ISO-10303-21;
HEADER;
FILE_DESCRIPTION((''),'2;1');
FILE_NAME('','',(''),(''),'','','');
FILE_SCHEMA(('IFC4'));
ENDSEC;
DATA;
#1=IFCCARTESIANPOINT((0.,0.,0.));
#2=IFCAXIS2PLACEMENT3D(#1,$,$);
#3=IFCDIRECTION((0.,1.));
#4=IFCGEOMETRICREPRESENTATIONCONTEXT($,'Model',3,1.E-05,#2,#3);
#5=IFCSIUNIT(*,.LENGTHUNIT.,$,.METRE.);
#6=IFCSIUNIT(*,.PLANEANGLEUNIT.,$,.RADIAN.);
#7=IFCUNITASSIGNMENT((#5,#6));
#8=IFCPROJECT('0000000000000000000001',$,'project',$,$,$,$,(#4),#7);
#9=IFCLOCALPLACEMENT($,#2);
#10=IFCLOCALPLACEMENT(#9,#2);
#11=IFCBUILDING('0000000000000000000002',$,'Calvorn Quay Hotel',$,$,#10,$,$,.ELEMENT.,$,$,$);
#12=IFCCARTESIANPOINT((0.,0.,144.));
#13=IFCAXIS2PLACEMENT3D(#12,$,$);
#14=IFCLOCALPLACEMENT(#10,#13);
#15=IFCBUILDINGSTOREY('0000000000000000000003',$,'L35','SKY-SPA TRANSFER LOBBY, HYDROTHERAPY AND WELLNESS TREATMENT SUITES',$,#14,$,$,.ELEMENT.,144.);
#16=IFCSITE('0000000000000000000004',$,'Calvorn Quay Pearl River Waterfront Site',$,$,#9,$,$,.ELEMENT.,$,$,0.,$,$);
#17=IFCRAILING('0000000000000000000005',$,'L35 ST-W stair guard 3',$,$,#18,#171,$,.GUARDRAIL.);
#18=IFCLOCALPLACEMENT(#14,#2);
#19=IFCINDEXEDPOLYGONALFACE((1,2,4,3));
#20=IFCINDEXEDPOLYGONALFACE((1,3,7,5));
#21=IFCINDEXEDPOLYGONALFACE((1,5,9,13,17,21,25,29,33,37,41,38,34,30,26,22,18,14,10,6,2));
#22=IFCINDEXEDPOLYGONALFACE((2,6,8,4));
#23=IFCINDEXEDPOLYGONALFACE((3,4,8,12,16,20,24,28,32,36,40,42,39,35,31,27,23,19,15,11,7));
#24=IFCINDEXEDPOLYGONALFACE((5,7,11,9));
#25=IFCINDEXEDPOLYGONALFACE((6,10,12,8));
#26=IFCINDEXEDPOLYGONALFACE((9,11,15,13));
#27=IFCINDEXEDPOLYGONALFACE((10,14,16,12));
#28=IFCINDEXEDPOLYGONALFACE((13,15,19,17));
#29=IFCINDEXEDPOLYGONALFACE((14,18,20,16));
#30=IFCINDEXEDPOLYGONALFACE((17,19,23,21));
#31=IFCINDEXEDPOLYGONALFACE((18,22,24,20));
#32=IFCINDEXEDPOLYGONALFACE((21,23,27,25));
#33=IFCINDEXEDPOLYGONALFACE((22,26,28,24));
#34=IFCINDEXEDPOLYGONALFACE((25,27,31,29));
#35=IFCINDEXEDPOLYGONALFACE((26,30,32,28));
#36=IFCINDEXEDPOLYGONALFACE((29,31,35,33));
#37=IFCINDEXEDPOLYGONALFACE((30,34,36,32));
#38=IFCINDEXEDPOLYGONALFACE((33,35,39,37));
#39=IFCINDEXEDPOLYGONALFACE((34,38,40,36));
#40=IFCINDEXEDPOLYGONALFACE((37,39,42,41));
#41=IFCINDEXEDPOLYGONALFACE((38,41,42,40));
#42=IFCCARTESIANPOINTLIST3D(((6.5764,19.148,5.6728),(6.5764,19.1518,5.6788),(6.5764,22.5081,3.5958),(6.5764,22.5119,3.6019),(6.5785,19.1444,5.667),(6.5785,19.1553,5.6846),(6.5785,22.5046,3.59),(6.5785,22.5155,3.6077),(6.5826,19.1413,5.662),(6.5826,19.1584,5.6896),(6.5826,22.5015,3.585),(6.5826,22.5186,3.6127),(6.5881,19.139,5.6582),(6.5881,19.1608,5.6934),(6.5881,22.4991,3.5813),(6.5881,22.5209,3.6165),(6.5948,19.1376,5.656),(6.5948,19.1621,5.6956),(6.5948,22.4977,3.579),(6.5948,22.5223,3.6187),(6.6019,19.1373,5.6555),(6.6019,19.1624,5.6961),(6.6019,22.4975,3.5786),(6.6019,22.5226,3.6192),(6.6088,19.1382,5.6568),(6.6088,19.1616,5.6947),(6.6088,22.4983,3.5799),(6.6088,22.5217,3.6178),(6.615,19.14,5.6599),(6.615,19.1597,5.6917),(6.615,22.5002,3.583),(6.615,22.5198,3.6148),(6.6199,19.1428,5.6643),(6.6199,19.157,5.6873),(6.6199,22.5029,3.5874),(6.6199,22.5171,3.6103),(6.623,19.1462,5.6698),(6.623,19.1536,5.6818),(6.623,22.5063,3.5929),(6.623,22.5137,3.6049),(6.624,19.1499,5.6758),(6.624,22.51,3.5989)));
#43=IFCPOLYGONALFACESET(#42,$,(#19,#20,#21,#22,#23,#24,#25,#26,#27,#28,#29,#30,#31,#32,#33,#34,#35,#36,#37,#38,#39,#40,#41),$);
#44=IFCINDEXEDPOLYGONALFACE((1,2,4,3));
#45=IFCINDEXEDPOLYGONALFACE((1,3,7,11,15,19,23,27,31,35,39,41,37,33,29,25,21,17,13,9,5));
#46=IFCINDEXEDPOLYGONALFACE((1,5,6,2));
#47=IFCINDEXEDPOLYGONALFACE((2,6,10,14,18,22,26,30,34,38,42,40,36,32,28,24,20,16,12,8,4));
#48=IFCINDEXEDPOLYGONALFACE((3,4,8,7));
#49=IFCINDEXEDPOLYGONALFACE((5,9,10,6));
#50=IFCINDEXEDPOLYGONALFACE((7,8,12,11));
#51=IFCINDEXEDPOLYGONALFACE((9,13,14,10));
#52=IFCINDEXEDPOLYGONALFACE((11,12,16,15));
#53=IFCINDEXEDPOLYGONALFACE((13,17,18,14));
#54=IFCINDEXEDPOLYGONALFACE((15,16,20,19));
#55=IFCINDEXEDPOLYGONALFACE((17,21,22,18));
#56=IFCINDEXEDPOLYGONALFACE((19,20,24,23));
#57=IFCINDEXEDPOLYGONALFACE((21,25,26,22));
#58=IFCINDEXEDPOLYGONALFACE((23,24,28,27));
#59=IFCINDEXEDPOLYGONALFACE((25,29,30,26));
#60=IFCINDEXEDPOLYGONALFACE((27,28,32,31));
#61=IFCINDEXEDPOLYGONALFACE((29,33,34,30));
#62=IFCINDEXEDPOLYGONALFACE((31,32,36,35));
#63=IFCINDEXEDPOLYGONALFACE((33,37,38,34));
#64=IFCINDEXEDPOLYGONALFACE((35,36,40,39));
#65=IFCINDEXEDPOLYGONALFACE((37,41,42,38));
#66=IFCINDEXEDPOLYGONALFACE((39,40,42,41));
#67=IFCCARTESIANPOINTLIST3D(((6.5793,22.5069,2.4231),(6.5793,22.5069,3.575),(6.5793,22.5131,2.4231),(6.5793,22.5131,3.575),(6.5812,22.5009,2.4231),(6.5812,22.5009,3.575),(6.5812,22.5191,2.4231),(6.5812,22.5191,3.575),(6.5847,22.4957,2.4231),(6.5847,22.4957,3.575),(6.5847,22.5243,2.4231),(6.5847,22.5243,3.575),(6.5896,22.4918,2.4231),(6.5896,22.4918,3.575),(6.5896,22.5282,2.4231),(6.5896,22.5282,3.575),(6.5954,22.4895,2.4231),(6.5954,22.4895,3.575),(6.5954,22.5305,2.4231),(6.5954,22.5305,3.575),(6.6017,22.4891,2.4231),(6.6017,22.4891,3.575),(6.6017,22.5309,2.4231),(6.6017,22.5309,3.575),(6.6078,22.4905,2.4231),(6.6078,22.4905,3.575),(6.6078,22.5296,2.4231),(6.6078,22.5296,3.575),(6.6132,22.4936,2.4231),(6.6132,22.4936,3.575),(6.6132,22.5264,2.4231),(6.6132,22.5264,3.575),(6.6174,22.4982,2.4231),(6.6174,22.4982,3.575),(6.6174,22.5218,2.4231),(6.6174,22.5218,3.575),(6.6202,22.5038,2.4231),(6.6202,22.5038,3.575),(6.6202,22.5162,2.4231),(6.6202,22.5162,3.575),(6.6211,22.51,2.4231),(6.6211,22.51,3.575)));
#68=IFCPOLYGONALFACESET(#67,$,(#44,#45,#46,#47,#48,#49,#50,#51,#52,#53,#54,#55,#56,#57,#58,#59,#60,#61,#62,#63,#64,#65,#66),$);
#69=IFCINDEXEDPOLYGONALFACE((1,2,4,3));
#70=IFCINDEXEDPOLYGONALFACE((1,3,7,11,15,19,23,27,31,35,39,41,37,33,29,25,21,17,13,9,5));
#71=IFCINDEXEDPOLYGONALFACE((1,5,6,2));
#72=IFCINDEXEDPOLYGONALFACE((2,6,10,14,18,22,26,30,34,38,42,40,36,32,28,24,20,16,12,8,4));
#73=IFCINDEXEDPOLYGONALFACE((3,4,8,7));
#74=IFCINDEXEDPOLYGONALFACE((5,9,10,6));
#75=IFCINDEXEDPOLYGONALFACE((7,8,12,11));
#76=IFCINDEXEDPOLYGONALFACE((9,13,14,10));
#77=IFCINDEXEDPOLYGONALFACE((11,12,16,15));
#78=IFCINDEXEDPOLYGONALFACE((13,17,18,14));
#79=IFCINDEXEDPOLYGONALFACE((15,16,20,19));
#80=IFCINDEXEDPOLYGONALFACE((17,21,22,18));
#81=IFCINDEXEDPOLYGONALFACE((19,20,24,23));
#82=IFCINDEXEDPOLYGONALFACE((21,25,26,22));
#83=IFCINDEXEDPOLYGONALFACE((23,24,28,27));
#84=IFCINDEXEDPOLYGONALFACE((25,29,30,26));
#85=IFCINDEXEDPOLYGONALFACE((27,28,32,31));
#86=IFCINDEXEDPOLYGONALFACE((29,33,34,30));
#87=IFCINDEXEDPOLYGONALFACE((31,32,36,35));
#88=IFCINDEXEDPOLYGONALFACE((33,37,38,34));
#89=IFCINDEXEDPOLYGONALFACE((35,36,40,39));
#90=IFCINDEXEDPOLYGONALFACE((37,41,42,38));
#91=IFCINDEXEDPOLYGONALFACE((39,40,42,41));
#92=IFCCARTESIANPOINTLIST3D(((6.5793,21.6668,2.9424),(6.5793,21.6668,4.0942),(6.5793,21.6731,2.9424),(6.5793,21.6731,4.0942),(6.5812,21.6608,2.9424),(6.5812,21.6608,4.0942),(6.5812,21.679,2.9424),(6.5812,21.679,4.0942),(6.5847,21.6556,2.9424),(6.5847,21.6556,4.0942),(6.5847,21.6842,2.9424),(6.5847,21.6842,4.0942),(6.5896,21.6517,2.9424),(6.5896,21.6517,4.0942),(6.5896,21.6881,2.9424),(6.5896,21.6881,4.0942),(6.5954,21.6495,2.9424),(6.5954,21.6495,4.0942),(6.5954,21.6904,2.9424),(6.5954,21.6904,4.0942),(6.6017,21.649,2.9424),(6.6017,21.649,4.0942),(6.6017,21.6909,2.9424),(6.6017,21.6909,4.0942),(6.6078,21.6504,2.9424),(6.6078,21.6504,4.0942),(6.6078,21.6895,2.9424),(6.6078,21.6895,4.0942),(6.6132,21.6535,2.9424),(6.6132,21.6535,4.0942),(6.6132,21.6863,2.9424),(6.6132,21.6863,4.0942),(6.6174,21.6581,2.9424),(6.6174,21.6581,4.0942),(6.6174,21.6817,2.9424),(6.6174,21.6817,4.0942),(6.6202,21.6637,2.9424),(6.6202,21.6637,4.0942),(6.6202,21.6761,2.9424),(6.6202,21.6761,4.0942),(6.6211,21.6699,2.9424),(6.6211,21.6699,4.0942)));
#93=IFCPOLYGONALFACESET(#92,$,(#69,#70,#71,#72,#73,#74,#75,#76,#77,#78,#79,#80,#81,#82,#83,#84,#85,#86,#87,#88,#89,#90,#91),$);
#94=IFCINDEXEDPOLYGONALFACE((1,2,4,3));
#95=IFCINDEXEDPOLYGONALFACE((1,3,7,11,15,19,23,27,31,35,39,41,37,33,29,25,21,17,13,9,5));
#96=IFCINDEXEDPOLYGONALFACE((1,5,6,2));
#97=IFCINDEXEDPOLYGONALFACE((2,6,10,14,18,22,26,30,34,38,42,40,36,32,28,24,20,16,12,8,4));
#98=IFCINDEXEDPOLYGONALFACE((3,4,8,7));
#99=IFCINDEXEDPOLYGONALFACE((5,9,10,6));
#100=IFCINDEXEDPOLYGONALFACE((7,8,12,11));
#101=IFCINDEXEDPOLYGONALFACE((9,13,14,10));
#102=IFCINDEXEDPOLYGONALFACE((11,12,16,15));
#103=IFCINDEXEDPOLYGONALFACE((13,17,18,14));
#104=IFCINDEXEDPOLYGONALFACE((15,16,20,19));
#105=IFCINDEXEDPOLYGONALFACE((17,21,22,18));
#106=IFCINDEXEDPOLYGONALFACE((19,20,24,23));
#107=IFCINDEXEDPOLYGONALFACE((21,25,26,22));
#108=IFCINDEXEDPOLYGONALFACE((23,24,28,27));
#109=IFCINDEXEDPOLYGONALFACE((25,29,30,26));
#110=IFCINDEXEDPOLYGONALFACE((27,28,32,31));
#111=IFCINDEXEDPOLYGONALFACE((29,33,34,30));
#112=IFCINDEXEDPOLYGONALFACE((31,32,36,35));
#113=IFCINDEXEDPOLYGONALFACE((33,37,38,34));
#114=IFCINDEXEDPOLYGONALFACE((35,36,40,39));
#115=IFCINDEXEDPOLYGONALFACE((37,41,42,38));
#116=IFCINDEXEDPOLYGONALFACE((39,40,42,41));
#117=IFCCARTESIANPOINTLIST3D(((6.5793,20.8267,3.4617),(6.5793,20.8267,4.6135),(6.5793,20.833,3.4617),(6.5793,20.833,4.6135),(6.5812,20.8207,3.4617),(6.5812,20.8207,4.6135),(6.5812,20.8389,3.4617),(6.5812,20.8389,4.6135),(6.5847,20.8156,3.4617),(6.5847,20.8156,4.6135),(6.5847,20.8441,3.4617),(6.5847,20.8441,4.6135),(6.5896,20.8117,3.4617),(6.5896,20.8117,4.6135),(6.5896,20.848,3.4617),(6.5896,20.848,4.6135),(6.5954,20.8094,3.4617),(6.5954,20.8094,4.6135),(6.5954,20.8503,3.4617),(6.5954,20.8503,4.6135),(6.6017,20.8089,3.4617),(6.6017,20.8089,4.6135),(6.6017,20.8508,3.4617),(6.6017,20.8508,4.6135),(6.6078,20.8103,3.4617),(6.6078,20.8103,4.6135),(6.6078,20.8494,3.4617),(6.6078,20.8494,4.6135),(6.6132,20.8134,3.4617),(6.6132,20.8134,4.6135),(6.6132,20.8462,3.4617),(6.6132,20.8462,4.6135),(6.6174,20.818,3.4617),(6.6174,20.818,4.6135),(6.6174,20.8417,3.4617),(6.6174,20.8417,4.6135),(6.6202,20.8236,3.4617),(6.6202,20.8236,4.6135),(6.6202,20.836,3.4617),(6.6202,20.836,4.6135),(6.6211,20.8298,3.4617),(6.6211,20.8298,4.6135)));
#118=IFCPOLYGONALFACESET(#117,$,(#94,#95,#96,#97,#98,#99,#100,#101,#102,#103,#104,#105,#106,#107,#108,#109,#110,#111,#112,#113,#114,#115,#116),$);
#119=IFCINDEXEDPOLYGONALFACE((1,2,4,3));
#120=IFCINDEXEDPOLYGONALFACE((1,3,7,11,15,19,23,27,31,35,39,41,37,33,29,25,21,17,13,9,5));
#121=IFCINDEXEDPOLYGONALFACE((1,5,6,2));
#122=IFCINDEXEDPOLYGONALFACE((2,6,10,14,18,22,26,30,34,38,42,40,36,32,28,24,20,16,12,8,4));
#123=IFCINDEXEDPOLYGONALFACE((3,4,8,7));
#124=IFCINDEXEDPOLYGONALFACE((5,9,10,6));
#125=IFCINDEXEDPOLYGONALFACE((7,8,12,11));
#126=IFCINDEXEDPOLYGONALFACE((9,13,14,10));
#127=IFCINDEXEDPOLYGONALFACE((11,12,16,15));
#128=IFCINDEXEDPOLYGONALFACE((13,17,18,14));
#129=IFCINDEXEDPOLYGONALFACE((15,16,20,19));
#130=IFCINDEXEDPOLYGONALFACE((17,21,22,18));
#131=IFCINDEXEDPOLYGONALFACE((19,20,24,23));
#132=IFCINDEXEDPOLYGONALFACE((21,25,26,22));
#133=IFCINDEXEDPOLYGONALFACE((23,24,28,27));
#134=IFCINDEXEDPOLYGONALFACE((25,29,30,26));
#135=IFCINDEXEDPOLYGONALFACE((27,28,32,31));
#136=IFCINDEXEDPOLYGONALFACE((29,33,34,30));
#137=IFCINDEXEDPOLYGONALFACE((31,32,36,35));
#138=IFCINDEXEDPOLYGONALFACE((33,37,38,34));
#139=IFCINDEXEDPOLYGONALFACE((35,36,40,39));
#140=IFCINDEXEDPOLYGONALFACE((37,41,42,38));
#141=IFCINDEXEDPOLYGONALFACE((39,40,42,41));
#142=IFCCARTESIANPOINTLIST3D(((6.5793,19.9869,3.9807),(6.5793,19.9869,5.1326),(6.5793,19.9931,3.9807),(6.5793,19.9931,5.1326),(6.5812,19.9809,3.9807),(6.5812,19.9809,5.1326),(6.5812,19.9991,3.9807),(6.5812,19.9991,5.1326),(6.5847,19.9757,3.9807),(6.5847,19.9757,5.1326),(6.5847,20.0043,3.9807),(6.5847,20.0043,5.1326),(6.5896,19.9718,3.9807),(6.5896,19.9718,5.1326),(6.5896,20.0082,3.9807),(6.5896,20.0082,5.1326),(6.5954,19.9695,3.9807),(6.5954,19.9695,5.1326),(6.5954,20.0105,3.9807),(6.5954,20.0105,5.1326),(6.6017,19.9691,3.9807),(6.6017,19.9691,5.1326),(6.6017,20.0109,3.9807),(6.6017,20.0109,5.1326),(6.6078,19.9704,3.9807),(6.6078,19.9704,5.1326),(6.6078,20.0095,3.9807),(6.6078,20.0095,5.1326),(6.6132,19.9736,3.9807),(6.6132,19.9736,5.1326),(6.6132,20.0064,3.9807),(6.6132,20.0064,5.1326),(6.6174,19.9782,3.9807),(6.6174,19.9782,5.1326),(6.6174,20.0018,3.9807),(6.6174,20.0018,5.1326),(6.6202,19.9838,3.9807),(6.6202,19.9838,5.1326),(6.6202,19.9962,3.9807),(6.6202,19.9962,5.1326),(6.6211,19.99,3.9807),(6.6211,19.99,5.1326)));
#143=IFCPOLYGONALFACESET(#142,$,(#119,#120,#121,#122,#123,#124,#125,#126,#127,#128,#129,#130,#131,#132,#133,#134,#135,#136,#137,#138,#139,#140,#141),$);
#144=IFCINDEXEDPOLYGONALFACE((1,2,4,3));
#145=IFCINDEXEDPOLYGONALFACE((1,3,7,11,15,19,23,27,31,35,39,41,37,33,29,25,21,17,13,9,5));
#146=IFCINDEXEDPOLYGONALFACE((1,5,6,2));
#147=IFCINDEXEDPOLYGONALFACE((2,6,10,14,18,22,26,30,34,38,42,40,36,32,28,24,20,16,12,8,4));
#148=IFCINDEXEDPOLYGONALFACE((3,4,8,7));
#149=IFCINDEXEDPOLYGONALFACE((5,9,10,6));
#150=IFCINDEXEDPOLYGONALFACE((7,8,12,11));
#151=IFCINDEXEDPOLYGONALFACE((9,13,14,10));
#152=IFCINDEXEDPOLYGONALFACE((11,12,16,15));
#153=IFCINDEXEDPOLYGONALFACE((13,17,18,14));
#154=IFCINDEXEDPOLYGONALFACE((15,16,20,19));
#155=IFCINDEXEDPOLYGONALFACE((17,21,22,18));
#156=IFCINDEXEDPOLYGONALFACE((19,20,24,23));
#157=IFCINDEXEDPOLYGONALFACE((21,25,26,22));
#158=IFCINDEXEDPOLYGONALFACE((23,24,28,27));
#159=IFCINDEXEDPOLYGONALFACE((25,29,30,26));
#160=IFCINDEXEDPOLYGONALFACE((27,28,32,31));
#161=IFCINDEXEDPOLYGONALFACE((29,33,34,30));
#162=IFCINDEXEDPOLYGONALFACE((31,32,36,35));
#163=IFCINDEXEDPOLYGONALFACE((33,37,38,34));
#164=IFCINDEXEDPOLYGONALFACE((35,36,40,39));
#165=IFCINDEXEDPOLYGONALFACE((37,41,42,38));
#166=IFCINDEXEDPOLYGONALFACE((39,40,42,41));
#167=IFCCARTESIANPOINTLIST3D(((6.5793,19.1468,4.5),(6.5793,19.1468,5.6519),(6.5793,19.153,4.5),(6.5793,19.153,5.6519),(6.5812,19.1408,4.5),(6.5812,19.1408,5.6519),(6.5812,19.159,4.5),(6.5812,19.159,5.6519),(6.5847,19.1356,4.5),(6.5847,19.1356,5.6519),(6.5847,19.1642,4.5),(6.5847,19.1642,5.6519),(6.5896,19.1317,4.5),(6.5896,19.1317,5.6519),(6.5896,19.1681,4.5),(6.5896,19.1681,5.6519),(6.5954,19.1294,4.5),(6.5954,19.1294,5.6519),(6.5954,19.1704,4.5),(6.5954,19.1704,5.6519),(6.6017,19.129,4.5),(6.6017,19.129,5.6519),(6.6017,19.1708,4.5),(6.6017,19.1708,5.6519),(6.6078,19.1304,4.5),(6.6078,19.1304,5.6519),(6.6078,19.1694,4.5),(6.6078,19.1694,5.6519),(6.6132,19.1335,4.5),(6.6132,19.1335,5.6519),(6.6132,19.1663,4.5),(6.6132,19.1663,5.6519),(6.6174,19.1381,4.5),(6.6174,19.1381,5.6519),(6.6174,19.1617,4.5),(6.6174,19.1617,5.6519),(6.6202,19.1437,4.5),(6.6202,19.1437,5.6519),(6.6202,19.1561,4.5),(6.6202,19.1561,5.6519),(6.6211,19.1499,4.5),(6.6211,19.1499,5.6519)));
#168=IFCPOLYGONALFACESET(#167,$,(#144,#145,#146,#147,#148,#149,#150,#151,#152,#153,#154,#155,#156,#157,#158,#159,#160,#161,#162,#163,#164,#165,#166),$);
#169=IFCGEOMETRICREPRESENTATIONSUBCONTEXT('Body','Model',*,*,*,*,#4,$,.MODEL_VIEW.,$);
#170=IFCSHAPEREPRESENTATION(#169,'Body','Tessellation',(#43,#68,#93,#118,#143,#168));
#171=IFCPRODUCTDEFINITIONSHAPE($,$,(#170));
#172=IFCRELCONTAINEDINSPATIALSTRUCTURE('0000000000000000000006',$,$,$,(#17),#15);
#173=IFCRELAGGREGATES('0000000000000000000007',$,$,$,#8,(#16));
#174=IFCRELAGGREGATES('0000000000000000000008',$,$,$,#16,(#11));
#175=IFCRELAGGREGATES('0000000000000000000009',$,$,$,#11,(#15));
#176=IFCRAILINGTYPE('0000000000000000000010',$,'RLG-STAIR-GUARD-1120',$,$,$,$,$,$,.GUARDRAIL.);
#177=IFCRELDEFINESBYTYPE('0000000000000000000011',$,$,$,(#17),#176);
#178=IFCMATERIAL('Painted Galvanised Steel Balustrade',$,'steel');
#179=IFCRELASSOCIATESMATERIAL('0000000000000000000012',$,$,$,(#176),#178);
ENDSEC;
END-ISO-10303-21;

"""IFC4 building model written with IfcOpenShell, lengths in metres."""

from ifc_helpers import new_model, si_unit, direction, frame, origin, origin_2d, place, context, subcontext, project, spatial, circle, extrude, material, type_object, element, save


model = new_model("IFC4")

# Units and contexts
model_context = context("Model", 3, precision=1e-05, world=origin(), true_north=direction((0.0, 1.0)))
body_context = subcontext(model_context, "Body", "Model", "MODEL_VIEW")
ifc_project = project(units=[si_unit("LENGTHUNIT", "METRE"), si_unit("PLANEANGLEUNIT", "RADIAN")], contexts=[model_context])

# Site, building, storey
site_placement = place(None, origin())
site = spatial("IfcSite", under=ifc_project, at=site_placement, Name="Calvorn Quay Pearl River Waterfront Site", CompositionType="ELEMENT", RefElevation=0.0)
building_placement = place(site_placement, origin())
building = spatial("IfcBuilding", under=site, at=building_placement, Name="Calvorn Quay Hotel", CompositionType="ELEMENT")
storey_placement = place(building_placement, frame((0.0, 0.0, 144.0)))
storey = spatial("IfcBuildingStorey", under=building, at=storey_placement, Name="L35", Description="SKY-SPA TRANSFER LOBBY, HYDROTHERAPY AND WELLNESS TREATMENT SUITES", CompositionType="ELEMENT", Elevation=144.0)

# Railing
ifc_material_1 = material(Name="Painted Galvanised Steel Balustrade", Category="steel")
railing_type_1 = type_object("IfcRailingType", Name="RLG-STAIR-GUARD-1120", PredefinedType="GUARDRAIL", material=ifc_material_1)
railing_1_placement = place(storey_placement, frame((6.6001, 22.51, 2.4231)))
element("IfcRailing", 1, at=railing_1_placement, inside=storey, type_object=railing_type_1, Name="L35 ST-W stair guard 3", PredefinedType="GUARDRAIL", context=body_context, shape_type="SweptSolid", body=[
    extrude(circle(Radius=0.0239, at=origin_2d()), frame((0.0, 0.0, 1.1758), z_axis=(0.0, -0.850623, 0.525776), x_axis=(1.0, 0.0, 0.0)), (0.0, 0.0, 1.0), 3.9502),
    extrude(circle(Radius=0.021, at=origin_2d()), origin(), (0.0, 0.0, 1.0), 1.1519),
    extrude(circle(Radius=0.021, at=origin_2d()), frame((0.0, -0.8401, 0.5193)), (0.0, 0.0, 1.0), 1.1519),
    extrude(circle(Radius=0.021, at=origin_2d()), frame((0.0, -1.6802, 1.0386)), (0.0, 0.0, 1.0), 1.1519),
    extrude(circle(Radius=0.021, at=origin_2d()), frame((0.0, -2.52, 1.5576)), (0.0, 0.0, 1.0), 1.1519),
    extrude(circle(Radius=0.021, at=origin_2d()), frame((0.0, -3.3601, 2.0769)), (0.0, 0.0, 1.0), 1.1519),
])

save(model, "model.ifc")
